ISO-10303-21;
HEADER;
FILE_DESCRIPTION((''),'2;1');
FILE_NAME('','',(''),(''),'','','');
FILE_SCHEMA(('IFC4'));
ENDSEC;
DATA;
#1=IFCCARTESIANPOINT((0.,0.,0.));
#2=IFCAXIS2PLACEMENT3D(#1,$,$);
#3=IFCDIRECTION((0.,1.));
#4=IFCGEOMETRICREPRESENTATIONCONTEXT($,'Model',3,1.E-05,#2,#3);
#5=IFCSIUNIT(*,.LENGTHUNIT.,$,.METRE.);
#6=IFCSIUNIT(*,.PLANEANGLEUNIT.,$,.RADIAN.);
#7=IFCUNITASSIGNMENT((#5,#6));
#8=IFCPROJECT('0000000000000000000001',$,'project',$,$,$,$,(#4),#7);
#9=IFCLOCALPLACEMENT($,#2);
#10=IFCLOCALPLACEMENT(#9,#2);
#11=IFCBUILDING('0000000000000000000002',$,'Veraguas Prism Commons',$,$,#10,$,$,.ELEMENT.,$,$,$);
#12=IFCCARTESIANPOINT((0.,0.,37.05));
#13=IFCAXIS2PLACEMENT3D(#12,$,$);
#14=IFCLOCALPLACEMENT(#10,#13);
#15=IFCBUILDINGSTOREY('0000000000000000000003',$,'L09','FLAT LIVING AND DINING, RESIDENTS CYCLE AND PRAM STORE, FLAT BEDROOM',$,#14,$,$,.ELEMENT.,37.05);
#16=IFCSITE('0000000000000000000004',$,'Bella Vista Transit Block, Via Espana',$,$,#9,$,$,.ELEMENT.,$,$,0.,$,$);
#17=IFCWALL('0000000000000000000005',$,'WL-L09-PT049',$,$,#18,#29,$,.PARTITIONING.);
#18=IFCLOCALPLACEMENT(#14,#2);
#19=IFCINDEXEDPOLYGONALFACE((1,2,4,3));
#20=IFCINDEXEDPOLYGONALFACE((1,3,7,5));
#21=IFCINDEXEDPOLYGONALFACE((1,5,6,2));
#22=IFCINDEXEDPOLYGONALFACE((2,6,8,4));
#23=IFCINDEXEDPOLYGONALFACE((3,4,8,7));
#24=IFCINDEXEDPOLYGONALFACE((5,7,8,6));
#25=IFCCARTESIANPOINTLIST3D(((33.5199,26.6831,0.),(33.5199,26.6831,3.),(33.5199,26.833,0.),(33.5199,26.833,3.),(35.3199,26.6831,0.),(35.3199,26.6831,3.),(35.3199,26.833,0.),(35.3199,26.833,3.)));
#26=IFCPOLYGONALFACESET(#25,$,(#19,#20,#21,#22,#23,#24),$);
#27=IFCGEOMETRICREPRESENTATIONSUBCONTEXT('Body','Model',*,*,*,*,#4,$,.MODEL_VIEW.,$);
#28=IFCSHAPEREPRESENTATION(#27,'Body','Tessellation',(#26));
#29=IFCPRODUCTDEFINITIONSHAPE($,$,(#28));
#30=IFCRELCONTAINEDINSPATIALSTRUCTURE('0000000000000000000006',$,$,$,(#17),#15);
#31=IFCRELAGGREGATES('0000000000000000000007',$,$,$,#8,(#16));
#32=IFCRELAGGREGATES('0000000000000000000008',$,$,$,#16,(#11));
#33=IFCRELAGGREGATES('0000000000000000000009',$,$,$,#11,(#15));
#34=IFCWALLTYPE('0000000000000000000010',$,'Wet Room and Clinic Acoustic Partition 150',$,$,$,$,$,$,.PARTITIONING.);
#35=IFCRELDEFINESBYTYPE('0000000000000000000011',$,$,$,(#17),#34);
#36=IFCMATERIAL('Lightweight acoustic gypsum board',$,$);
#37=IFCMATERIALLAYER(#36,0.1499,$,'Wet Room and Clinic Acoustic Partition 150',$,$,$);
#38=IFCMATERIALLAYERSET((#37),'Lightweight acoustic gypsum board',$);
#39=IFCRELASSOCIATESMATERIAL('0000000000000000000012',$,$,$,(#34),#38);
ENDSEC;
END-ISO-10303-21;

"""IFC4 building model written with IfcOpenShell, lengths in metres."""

from ifc_helpers import new_model, si_unit, direction, frame, frame_2d, origin, place, context, subcontext, project, spatial, rectangle, extrude, material, layer, layer_set, type_object, element, save


model = new_model("IFC4")

# Units and contexts
model_context = context("Model", 3, precision=1e-05, world=origin(), true_north=direction((0.0, 1.0)))
body_context = subcontext(model_context, "Body", "Model", "MODEL_VIEW")
ifc_project = project(units=[si_unit("LENGTHUNIT", "METRE"), si_unit("PLANEANGLEUNIT", "RADIAN")], contexts=[model_context])

# Site, building, storey
site_placement = place(None, origin())
site = spatial("IfcSite", under=ifc_project, at=site_placement, Name="Bella Vista Transit Block, Via Espana", CompositionType="ELEMENT", RefElevation=0.0)
building_placement = place(site_placement, origin())
building = spatial("IfcBuilding", under=site, at=building_placement, Name="Veraguas Prism Commons", CompositionType="ELEMENT")
storey_placement = place(building_placement, frame((0.0, 0.0, 37.05)))
storey = spatial("IfcBuildingStorey", under=building, at=storey_placement, Name="L09", Description="FLAT LIVING AND DINING, RESIDENTS CYCLE AND PRAM STORE, FLAT BEDROOM", CompositionType="ELEMENT", Elevation=37.05)

# Shared definitions
ifc_material_1 = material(Name="Lightweight acoustic gypsum board")

# Wall
ifc_layer_1 = layer(ifc_material_1, 0.1499, Name="Wet Room and Clinic Acoustic Partition 150")
ifc_layer_set_1 = layer_set([ifc_layer_1], Name="Lightweight acoustic gypsum board")
wall_type_1 = type_object("IfcWallType", Name="Wet Room and Clinic Acoustic Partition 150", PredefinedType="PARTITIONING", material=ifc_layer_set_1)
wall_1_placement = place(storey_placement, frame((33.52, 26.7581, 0.0), z_axis=(0.0, 0.0, 1.0), x_axis=(1.0, 0.0, 0.0)))
element("IfcWall", 1, at=wall_1_placement, inside=storey, type_object=wall_type_1, Name="WL-L09-PT049", PredefinedType="PARTITIONING", context=body_context, shape_type="SweptSolid", body=[
    extrude(rectangle(XDim=1.8, YDim=0.1499, at=frame_2d((0.8999, 0.0))), origin(), (0.0, 0.0, 1.0), 3.0),
])

save(model, "model.ifc")
